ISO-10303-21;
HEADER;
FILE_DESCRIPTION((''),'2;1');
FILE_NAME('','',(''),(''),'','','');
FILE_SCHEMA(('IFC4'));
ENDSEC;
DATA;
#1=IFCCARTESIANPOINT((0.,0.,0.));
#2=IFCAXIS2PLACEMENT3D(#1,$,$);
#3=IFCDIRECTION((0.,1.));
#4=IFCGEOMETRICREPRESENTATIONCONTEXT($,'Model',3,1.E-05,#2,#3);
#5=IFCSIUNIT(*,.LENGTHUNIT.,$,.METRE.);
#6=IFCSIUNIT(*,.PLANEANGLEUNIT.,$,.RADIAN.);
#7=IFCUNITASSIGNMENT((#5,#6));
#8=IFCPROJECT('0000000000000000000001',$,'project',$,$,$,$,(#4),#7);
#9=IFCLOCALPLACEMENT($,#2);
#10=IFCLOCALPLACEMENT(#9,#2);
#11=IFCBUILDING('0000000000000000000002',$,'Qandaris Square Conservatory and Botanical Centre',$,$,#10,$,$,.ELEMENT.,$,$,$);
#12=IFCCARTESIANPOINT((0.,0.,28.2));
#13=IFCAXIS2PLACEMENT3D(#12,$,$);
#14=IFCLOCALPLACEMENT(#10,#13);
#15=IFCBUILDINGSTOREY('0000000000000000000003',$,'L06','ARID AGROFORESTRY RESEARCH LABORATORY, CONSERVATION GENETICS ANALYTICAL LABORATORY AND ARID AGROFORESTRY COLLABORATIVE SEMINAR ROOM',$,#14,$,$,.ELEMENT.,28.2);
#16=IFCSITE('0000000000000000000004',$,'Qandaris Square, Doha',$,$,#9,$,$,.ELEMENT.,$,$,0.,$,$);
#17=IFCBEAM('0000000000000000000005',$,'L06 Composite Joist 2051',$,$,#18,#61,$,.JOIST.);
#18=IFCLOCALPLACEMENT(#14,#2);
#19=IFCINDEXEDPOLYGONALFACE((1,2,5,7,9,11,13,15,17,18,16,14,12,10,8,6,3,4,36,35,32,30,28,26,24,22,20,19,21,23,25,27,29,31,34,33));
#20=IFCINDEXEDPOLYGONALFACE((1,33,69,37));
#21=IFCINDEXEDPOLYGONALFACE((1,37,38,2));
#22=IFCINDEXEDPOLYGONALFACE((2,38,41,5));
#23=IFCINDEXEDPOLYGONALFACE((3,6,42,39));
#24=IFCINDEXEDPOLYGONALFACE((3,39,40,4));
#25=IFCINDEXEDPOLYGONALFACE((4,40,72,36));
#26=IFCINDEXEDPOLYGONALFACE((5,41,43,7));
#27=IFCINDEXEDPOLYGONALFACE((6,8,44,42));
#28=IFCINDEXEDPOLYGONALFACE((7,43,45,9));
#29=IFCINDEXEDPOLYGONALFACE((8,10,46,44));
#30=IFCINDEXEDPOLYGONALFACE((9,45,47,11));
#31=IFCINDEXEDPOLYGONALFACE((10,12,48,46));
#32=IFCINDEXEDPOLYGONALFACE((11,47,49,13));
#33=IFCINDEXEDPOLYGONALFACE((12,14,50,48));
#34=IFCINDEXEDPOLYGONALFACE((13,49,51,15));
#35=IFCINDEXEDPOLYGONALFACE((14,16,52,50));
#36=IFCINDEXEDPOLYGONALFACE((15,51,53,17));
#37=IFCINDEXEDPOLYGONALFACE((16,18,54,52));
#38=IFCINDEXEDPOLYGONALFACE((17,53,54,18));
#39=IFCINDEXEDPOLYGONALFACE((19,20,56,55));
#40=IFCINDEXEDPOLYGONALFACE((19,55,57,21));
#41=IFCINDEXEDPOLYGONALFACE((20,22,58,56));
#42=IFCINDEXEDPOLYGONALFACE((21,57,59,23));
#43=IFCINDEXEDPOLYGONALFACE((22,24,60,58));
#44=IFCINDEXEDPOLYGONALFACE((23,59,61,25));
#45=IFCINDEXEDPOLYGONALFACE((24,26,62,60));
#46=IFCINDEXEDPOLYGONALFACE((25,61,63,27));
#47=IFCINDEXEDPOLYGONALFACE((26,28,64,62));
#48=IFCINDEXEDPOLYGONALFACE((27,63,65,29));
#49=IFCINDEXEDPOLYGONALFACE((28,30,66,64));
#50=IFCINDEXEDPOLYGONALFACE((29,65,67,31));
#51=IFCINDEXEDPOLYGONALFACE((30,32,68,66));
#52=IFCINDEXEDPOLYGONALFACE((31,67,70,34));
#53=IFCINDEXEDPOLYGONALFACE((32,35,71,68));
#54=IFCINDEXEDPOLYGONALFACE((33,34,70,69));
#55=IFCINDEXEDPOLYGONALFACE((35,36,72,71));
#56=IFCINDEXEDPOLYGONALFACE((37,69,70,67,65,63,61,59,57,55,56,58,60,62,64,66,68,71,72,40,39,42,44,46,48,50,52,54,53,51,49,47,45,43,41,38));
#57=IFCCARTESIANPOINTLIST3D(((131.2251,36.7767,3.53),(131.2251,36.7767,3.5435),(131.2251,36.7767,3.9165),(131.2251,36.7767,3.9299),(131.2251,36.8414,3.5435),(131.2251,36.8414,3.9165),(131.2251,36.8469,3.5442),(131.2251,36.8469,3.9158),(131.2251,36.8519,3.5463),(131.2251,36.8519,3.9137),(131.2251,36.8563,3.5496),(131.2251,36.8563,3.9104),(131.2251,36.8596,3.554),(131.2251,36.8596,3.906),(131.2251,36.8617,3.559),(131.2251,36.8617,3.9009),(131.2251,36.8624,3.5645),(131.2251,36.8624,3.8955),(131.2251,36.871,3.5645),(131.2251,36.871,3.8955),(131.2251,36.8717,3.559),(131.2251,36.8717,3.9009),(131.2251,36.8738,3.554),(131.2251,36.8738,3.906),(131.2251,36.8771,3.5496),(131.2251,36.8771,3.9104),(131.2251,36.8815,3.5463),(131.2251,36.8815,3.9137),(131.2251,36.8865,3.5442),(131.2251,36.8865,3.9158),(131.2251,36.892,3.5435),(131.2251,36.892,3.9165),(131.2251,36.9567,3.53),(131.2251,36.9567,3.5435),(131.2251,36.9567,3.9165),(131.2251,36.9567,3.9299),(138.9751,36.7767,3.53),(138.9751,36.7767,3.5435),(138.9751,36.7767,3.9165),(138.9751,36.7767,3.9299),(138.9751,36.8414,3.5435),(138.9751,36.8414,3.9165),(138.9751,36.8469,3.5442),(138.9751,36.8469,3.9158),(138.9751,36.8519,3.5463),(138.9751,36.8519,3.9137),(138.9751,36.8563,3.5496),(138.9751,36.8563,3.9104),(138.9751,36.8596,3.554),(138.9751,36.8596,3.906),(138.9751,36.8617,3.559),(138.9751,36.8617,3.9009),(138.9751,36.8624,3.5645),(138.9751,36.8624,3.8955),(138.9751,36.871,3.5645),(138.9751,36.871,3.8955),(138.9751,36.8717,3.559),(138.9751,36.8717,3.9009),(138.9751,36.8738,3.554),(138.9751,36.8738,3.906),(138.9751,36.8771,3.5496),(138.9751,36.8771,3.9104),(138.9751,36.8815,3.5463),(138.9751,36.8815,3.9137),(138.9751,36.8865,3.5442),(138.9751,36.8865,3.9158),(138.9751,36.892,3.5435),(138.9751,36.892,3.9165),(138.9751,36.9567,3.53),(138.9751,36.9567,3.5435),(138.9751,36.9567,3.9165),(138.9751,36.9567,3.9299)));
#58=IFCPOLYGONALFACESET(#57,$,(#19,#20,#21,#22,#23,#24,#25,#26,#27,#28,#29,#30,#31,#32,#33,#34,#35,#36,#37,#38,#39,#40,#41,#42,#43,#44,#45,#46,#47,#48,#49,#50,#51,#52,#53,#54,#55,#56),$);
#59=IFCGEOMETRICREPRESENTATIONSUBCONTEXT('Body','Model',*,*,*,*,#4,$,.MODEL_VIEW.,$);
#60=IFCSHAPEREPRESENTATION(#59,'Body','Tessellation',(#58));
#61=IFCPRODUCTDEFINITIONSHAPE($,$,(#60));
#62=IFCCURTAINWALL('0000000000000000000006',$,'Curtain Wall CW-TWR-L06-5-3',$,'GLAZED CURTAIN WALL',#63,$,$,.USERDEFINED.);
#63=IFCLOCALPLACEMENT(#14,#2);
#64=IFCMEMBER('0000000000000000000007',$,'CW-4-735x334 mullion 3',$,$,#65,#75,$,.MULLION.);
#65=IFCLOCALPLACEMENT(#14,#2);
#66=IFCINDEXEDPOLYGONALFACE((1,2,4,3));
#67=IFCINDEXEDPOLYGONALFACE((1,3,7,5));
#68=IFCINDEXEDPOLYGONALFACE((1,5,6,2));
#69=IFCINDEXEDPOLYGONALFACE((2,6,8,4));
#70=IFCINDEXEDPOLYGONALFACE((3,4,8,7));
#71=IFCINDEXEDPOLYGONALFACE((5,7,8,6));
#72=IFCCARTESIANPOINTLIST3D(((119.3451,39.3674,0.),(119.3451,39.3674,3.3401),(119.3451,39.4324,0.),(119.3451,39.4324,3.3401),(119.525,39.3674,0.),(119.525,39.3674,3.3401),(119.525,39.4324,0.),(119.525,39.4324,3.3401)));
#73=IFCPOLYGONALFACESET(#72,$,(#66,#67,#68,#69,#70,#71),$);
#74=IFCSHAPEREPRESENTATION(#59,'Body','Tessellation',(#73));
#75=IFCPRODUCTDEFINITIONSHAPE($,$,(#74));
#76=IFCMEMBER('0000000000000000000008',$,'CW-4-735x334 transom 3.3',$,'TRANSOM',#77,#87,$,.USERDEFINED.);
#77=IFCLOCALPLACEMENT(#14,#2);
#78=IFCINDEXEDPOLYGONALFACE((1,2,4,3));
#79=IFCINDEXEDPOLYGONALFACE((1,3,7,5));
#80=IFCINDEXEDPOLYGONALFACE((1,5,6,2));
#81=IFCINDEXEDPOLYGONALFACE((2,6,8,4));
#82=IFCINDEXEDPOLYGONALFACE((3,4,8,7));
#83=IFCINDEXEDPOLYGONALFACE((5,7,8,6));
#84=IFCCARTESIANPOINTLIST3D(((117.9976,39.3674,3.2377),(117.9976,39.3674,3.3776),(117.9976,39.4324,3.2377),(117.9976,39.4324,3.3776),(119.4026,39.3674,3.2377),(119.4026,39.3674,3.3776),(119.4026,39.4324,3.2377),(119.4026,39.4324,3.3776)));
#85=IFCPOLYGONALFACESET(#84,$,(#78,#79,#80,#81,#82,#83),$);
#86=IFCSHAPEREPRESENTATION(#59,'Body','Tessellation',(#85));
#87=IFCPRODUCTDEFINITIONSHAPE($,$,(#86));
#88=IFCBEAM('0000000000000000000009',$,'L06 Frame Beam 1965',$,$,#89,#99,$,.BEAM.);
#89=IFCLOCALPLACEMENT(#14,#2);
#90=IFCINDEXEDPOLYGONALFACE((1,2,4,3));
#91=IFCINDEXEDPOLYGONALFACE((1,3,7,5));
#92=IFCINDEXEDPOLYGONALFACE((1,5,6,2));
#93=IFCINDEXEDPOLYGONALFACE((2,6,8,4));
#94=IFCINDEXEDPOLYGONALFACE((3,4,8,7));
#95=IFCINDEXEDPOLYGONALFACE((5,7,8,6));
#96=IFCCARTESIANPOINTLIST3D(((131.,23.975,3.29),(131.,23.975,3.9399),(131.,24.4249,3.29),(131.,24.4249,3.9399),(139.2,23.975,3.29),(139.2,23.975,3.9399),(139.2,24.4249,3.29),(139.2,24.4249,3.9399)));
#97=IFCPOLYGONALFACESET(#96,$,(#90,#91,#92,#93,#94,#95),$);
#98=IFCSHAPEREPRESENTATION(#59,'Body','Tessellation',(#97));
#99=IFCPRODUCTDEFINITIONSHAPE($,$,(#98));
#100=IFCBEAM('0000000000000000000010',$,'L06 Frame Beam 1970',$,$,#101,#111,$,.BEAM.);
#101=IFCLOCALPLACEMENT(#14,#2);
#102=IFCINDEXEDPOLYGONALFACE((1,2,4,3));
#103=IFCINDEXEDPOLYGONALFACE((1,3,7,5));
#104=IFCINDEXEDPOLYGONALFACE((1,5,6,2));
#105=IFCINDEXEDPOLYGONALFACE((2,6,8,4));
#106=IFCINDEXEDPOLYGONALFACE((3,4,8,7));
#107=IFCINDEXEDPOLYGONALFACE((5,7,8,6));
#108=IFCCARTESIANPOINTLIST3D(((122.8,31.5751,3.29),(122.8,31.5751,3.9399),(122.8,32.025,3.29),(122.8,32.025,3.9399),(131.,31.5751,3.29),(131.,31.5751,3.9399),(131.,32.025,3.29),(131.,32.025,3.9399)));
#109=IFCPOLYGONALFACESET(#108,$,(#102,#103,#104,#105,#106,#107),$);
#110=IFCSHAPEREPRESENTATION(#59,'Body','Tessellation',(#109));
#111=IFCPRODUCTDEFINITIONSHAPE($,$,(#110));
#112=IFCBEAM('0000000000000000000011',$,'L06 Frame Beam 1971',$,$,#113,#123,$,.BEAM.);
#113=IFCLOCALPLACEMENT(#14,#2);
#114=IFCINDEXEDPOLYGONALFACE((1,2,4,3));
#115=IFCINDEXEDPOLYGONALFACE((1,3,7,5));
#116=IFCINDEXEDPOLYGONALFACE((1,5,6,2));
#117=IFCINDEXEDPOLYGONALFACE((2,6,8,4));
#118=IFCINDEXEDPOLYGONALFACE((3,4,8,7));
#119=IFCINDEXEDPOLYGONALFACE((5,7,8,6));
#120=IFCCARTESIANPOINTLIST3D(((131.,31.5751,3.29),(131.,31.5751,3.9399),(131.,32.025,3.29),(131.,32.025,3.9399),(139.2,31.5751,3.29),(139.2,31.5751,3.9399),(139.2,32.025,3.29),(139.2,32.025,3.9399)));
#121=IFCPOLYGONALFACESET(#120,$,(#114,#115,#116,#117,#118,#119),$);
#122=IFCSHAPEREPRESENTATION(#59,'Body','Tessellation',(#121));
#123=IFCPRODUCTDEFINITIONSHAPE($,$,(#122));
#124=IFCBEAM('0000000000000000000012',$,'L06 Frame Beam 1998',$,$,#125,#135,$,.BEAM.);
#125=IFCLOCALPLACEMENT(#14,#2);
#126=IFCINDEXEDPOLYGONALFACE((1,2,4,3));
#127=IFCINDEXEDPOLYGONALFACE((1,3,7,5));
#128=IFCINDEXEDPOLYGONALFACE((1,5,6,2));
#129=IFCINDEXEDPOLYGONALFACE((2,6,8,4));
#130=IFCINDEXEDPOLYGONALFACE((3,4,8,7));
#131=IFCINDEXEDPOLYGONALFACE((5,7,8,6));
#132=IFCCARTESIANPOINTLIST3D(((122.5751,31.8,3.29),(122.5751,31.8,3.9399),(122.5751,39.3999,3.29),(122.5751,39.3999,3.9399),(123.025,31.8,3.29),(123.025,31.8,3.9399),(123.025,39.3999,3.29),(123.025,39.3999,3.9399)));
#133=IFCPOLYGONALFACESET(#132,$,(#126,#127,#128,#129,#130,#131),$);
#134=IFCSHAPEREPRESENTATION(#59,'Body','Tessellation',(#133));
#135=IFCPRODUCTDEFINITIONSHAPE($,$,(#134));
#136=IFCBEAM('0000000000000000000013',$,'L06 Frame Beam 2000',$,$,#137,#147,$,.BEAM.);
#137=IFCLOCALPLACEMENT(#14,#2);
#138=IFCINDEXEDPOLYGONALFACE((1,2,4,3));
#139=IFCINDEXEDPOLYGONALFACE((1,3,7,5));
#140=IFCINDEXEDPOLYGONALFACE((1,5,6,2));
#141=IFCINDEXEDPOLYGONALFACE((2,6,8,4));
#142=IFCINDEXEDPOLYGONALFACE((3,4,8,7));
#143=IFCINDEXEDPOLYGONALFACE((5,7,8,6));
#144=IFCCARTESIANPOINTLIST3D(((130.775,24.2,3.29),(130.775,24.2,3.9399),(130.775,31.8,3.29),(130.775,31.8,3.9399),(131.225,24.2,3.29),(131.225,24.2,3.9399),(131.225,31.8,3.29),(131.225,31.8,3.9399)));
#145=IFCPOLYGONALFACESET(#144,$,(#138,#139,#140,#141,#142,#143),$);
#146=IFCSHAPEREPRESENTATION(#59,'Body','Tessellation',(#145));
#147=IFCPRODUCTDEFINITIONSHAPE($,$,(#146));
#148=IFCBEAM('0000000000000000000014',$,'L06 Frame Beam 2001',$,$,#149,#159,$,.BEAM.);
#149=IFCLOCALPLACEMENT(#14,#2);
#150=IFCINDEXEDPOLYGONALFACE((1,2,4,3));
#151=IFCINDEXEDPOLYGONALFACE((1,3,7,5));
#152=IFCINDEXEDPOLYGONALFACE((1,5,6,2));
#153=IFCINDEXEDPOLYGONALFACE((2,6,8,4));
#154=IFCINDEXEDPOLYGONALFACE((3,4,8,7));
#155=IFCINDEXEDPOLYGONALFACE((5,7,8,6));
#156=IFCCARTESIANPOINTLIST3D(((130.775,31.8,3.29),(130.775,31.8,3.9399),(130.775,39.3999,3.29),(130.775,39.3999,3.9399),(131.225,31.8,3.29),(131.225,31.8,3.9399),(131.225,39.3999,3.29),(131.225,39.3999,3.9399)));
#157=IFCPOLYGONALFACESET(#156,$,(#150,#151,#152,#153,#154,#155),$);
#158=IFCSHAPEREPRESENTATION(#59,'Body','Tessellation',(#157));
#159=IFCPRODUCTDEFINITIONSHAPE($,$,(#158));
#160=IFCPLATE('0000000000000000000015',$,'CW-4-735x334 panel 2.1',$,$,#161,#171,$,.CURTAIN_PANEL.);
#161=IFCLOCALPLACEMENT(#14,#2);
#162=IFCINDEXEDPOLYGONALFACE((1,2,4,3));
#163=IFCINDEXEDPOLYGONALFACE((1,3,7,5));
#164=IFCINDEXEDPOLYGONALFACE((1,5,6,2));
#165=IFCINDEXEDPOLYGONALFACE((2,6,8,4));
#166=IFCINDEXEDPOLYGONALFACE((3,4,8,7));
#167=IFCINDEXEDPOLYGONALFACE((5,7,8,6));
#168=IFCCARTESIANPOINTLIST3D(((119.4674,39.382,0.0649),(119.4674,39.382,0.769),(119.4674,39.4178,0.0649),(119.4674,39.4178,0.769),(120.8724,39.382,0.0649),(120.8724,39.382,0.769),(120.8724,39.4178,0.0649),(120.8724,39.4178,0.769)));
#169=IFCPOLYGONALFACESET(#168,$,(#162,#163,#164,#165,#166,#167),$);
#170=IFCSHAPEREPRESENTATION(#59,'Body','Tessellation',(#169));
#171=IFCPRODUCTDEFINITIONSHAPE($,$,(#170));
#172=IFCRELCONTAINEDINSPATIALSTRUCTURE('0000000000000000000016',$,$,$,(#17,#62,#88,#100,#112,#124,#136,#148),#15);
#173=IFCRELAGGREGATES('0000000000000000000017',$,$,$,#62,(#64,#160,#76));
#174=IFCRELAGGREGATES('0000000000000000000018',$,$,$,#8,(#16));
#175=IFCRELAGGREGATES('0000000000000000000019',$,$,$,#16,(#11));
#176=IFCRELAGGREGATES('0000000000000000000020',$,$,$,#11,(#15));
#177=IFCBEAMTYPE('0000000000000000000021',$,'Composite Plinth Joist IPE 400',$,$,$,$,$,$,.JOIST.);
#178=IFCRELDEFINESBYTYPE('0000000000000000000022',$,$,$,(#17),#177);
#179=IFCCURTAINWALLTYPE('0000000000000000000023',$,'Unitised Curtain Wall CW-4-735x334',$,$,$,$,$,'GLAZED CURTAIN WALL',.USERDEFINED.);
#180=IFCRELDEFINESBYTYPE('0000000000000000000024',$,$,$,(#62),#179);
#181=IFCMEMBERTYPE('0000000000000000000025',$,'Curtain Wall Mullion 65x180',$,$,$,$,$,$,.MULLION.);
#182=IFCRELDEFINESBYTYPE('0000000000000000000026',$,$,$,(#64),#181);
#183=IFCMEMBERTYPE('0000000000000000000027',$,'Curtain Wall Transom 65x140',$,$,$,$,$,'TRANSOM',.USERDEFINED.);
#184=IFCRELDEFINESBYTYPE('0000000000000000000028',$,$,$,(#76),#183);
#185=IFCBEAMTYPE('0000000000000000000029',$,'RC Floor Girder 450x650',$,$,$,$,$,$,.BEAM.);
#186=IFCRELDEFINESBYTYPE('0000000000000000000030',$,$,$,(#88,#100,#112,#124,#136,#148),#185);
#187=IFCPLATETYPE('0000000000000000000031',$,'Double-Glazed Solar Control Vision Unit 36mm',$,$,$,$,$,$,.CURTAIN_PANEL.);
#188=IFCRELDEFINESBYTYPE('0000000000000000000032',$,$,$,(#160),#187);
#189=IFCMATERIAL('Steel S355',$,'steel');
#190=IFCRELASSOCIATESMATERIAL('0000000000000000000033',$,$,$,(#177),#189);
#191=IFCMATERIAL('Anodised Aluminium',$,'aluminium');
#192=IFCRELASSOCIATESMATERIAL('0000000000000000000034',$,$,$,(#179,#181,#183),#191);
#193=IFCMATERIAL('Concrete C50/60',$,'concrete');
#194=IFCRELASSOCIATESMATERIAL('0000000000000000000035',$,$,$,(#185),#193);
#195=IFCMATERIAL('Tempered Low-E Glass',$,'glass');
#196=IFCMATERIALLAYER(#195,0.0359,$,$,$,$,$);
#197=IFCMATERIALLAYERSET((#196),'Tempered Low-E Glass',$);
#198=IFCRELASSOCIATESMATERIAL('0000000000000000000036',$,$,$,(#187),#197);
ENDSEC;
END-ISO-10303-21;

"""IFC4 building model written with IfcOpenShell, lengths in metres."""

from ifc_helpers import new_model, si_unit, direction, frame, origin, origin_2d, place, context, subcontext, project, spatial, rectangle, i_section, extrude, material, layer, layer_set, material_profile, profile_set, type_object, element, aggregate, save


model = new_model("IFC4")

# Units and contexts
model_context = context("Model", 3, precision=1e-05, world=origin(), true_north=direction((0.0, 1.0)))
body_context = subcontext(model_context, "Body", "Model", "MODEL_VIEW")
ifc_project = project(units=[si_unit("LENGTHUNIT", "METRE"), si_unit("PLANEANGLEUNIT", "RADIAN")], contexts=[model_context])

# Site, building, storey
site_placement = place(None, origin())
site = spatial("IfcSite", under=ifc_project, at=site_placement, Name="Qandaris Square, Doha", CompositionType="ELEMENT", RefElevation=0.0)
building_placement = place(site_placement, origin())
building = spatial("IfcBuilding", under=site, at=building_placement, Name="Qandaris Square Conservatory and Botanical Centre", CompositionType="ELEMENT")
storey_placement = place(building_placement, frame((0.0, 0.0, 28.2)))
storey = spatial("IfcBuildingStorey", under=building, at=storey_placement, Name="L06", Description="ARID AGROFORESTRY RESEARCH LABORATORY, CONSERVATION GENETICS ANALYTICAL LABORATORY AND ARID AGROFORESTRY COLLABORATIVE SEMINAR ROOM", CompositionType="ELEMENT", Elevation=28.2)

# Shared definitions
ifc_material_1 = material(Name="Concrete C50/60", Category="concrete")

# Beam
ifc_material_2 = material(Name="Steel S355", Category="steel")
ifc_material_profile_1 = material_profile(ifc_material_2, i_section(OverallWidth=0.1799, OverallDepth=0.3999, WebThickness=0.0085, FlangeThickness=0.0134, FilletRadius=0.021, at=origin_2d()), Name="IPE 400")
ifc_profile_set_1 = profile_set([ifc_material_profile_1], Name="Steel S355")
beam_type_1 = type_object("IfcBeamType", Name="Composite Plinth Joist IPE 400", PredefinedType="JOIST", material=ifc_profile_set_1)
beam_1_placement = place(storey_placement, frame((131.2251, 36.8667, 3.73), z_axis=(1.0, 0.0, 0.0), x_axis=(0.0, 1.0, 0.0)))
element("IfcBeam", 1, at=beam_1_placement, inside=storey, type_object=beam_type_1, Name="L06 Composite Joist 2051", PredefinedType="JOIST", context=body_context, shape_type="SweptSolid", body=[
    extrude(i_section(OverallWidth=0.1799, OverallDepth=0.3999, WebThickness=0.0085, FlangeThickness=0.0134, FilletRadius=0.021, at=origin_2d()), origin(), (0.0, 0.0, 1.0), 7.75),
])

# Curtain wall, members
ifc_material_3 = material(Name="Anodised Aluminium", Category="aluminium")
curtain_wall_type = type_object("IfcCurtainWallType", Name="Unitised Curtain Wall CW-4-735x334", ElementType="GLAZED CURTAIN WALL", PredefinedType="USERDEFINED", material=ifc_material_3)
curtain_wall_placement = place(storey_placement, origin())
curtain_wall = element("IfcCurtainWall", 2, at=curtain_wall_placement, inside=storey, type_object=curtain_wall_type, Name="Curtain Wall CW-TWR-L06-5-3", ObjectType="GLAZED CURTAIN WALL", PredefinedType="USERDEFINED")
ifc_material_profile_2 = material_profile(ifc_material_3, rectangle(XDim=0.0649, YDim=0.1799, at=origin_2d()), Name="ALU-MUL 65x180")
ifc_profile_set_2 = profile_set([ifc_material_profile_2], Name="Anodised Aluminium")
member_type_1 = type_object("IfcMemberType", Name="Curtain Wall Mullion 65x180", PredefinedType="MULLION", material=ifc_profile_set_2)
member_1_placement = place(storey_placement, frame((119.4351, 39.3999, 0.0), z_axis=(0.0, 0.0, 1.0), x_axis=(0.0, -1.0, 0.0)))
member_1 = element("IfcMember", 3, at=member_1_placement, type_object=member_type_1, Name="CW-4-735x334 mullion 3", PredefinedType="MULLION", context=body_context, shape_type="SweptSolid", body=[
    extrude(rectangle(XDim=0.0649, YDim=0.1799, at=origin_2d()), origin(), (0.0, 0.0, 1.0), 3.3401),
])
ifc_material_profile_3 = material_profile(ifc_material_3, rectangle(XDim=0.0649, YDim=0.1399, at=origin_2d()), Name="ALU-TRN 65x140")
ifc_profile_set_3 = profile_set([ifc_material_profile_3], Name="Anodised Aluminium")
member_type_2 = type_object("IfcMemberType", Name="Curtain Wall Transom 65x140", ElementType="TRANSOM", PredefinedType="USERDEFINED", material=ifc_profile_set_3)
member_2_placement = place(storey_placement, frame((119.4026, 39.3999, 3.3076), z_axis=(-1.0, 0.0, 0.0), x_axis=(0.0, -1.0, 0.0)))
member_2 = element("IfcMember", 4, at=member_2_placement, type_object=member_type_2, Name="CW-4-735x334 transom 3.3", ObjectType="TRANSOM", PredefinedType="USERDEFINED", context=body_context, shape_type="SweptSolid", body=[
    extrude(rectangle(XDim=0.0649, YDim=0.1399, at=origin_2d()), origin(), (0.0, 0.0, 1.0), 1.405),
])

# Beams
ifc_material_profile_4 = material_profile(ifc_material_1, rectangle(XDim=0.45, YDim=0.6499, at=origin_2d()), Name="RC-BM 450x650")
ifc_profile_set_4 = profile_set([ifc_material_profile_4], Name="Concrete C50/60")
beam_type_2 = type_object("IfcBeamType", Name="RC Floor Girder 450x650", PredefinedType="BEAM", material=ifc_profile_set_4)
for number, where, z_axis, x_axis, name in (
    (5, (131.0, 24.2, 3.615), (1.0, 0.0, 0.0), (0.0, 1.0, 0.0), "L06 Frame Beam 1965"),
    (6, (122.8, 31.8, 3.615), (1.0, 0.0, 0.0), (0.0, 1.0, 0.0), "L06 Frame Beam 1970"),
    (7, (131.0, 31.8, 3.615), (1.0, 0.0, 0.0), (0.0, 1.0, 0.0), "L06 Frame Beam 1971"),
):
    element("IfcBeam", number, at=place(storey_placement, frame(where, z_axis=z_axis, x_axis=x_axis)), inside=storey, type_object=beam_type_2, Name=name, PredefinedType="BEAM", context=body_context, shape_type="SweptSolid", body=[
        extrude(rectangle(XDim=0.45, YDim=0.6499, at=origin_2d()), origin(), (0.0, 0.0, 1.0), 8.2),
    ])
beam_2_placement = place(storey_placement, frame((122.8, 31.8, 3.615), z_axis=(0.0, 1.0, 0.0), x_axis=(-1.0, 0.0, 0.0)))
element("IfcBeam", 8, at=beam_2_placement, inside=storey, type_object=beam_type_2, Name="L06 Frame Beam 1998", PredefinedType="BEAM", context=body_context, shape_type="SweptSolid", body=[
    extrude(rectangle(XDim=0.45, YDim=0.6499, at=origin_2d()), origin(), (0.0, 0.0, 1.0), 7.5999),
])
beam_3_placement = place(storey_placement, frame((131.0, 24.2, 3.615), z_axis=(0.0, 1.0, 0.0), x_axis=(-1.0, 0.0, 0.0)))
element("IfcBeam", 9, at=beam_3_placement, inside=storey, type_object=beam_type_2, Name="L06 Frame Beam 2000", PredefinedType="BEAM", context=body_context, shape_type="SweptSolid", body=[
    extrude(rectangle(XDim=0.45, YDim=0.6499, at=origin_2d()), origin(), (0.0, 0.0, 1.0), 7.6001),
])
beam_4_placement = place(storey_placement, frame((131.0, 31.8, 3.615), z_axis=(0.0, 1.0, 0.0), x_axis=(-1.0, 0.0, 0.0)))
element("IfcBeam", 10, at=beam_4_placement, inside=storey, type_object=beam_type_2, Name="L06 Frame Beam 2001", PredefinedType="BEAM", context=body_context, shape_type="SweptSolid", body=[
    extrude(rectangle(XDim=0.45, YDim=0.6499, at=origin_2d()), origin(), (0.0, 0.0, 1.0), 7.5999),
])

# Plate
ifc_material_4 = material(Name="Tempered Low-E Glass", Category="glass")
ifc_layer = layer(ifc_material_4, 0.0359)
ifc_layer_set = layer_set([ifc_layer], Name="Tempered Low-E Glass")
plate_type = type_object("IfcPlateType", Name="Double-Glazed Solar Control Vision Unit 36mm", PredefinedType="CURTAIN_PANEL", material=ifc_layer_set)
plate_placement = place(storey_placement, frame((120.1699, 39.3999, 0.0649), z_axis=(0.0, 0.0, 1.0), x_axis=(-1.0, 0.0, 0.0)))
plate = element("IfcPlate", 11, at=plate_placement, type_object=plate_type, Name="CW-4-735x334 panel 2.1", PredefinedType="CURTAIN_PANEL", context=body_context, shape_type="SweptSolid", body=[
    extrude(rectangle(XDim=1.405, YDim=0.0359, at=origin_2d()), origin(), (0.0, 0.0, 1.0), 0.7041),
])
aggregate(curtain_wall, [member_1, plate, member_2])

save(model, "model.ifc")
